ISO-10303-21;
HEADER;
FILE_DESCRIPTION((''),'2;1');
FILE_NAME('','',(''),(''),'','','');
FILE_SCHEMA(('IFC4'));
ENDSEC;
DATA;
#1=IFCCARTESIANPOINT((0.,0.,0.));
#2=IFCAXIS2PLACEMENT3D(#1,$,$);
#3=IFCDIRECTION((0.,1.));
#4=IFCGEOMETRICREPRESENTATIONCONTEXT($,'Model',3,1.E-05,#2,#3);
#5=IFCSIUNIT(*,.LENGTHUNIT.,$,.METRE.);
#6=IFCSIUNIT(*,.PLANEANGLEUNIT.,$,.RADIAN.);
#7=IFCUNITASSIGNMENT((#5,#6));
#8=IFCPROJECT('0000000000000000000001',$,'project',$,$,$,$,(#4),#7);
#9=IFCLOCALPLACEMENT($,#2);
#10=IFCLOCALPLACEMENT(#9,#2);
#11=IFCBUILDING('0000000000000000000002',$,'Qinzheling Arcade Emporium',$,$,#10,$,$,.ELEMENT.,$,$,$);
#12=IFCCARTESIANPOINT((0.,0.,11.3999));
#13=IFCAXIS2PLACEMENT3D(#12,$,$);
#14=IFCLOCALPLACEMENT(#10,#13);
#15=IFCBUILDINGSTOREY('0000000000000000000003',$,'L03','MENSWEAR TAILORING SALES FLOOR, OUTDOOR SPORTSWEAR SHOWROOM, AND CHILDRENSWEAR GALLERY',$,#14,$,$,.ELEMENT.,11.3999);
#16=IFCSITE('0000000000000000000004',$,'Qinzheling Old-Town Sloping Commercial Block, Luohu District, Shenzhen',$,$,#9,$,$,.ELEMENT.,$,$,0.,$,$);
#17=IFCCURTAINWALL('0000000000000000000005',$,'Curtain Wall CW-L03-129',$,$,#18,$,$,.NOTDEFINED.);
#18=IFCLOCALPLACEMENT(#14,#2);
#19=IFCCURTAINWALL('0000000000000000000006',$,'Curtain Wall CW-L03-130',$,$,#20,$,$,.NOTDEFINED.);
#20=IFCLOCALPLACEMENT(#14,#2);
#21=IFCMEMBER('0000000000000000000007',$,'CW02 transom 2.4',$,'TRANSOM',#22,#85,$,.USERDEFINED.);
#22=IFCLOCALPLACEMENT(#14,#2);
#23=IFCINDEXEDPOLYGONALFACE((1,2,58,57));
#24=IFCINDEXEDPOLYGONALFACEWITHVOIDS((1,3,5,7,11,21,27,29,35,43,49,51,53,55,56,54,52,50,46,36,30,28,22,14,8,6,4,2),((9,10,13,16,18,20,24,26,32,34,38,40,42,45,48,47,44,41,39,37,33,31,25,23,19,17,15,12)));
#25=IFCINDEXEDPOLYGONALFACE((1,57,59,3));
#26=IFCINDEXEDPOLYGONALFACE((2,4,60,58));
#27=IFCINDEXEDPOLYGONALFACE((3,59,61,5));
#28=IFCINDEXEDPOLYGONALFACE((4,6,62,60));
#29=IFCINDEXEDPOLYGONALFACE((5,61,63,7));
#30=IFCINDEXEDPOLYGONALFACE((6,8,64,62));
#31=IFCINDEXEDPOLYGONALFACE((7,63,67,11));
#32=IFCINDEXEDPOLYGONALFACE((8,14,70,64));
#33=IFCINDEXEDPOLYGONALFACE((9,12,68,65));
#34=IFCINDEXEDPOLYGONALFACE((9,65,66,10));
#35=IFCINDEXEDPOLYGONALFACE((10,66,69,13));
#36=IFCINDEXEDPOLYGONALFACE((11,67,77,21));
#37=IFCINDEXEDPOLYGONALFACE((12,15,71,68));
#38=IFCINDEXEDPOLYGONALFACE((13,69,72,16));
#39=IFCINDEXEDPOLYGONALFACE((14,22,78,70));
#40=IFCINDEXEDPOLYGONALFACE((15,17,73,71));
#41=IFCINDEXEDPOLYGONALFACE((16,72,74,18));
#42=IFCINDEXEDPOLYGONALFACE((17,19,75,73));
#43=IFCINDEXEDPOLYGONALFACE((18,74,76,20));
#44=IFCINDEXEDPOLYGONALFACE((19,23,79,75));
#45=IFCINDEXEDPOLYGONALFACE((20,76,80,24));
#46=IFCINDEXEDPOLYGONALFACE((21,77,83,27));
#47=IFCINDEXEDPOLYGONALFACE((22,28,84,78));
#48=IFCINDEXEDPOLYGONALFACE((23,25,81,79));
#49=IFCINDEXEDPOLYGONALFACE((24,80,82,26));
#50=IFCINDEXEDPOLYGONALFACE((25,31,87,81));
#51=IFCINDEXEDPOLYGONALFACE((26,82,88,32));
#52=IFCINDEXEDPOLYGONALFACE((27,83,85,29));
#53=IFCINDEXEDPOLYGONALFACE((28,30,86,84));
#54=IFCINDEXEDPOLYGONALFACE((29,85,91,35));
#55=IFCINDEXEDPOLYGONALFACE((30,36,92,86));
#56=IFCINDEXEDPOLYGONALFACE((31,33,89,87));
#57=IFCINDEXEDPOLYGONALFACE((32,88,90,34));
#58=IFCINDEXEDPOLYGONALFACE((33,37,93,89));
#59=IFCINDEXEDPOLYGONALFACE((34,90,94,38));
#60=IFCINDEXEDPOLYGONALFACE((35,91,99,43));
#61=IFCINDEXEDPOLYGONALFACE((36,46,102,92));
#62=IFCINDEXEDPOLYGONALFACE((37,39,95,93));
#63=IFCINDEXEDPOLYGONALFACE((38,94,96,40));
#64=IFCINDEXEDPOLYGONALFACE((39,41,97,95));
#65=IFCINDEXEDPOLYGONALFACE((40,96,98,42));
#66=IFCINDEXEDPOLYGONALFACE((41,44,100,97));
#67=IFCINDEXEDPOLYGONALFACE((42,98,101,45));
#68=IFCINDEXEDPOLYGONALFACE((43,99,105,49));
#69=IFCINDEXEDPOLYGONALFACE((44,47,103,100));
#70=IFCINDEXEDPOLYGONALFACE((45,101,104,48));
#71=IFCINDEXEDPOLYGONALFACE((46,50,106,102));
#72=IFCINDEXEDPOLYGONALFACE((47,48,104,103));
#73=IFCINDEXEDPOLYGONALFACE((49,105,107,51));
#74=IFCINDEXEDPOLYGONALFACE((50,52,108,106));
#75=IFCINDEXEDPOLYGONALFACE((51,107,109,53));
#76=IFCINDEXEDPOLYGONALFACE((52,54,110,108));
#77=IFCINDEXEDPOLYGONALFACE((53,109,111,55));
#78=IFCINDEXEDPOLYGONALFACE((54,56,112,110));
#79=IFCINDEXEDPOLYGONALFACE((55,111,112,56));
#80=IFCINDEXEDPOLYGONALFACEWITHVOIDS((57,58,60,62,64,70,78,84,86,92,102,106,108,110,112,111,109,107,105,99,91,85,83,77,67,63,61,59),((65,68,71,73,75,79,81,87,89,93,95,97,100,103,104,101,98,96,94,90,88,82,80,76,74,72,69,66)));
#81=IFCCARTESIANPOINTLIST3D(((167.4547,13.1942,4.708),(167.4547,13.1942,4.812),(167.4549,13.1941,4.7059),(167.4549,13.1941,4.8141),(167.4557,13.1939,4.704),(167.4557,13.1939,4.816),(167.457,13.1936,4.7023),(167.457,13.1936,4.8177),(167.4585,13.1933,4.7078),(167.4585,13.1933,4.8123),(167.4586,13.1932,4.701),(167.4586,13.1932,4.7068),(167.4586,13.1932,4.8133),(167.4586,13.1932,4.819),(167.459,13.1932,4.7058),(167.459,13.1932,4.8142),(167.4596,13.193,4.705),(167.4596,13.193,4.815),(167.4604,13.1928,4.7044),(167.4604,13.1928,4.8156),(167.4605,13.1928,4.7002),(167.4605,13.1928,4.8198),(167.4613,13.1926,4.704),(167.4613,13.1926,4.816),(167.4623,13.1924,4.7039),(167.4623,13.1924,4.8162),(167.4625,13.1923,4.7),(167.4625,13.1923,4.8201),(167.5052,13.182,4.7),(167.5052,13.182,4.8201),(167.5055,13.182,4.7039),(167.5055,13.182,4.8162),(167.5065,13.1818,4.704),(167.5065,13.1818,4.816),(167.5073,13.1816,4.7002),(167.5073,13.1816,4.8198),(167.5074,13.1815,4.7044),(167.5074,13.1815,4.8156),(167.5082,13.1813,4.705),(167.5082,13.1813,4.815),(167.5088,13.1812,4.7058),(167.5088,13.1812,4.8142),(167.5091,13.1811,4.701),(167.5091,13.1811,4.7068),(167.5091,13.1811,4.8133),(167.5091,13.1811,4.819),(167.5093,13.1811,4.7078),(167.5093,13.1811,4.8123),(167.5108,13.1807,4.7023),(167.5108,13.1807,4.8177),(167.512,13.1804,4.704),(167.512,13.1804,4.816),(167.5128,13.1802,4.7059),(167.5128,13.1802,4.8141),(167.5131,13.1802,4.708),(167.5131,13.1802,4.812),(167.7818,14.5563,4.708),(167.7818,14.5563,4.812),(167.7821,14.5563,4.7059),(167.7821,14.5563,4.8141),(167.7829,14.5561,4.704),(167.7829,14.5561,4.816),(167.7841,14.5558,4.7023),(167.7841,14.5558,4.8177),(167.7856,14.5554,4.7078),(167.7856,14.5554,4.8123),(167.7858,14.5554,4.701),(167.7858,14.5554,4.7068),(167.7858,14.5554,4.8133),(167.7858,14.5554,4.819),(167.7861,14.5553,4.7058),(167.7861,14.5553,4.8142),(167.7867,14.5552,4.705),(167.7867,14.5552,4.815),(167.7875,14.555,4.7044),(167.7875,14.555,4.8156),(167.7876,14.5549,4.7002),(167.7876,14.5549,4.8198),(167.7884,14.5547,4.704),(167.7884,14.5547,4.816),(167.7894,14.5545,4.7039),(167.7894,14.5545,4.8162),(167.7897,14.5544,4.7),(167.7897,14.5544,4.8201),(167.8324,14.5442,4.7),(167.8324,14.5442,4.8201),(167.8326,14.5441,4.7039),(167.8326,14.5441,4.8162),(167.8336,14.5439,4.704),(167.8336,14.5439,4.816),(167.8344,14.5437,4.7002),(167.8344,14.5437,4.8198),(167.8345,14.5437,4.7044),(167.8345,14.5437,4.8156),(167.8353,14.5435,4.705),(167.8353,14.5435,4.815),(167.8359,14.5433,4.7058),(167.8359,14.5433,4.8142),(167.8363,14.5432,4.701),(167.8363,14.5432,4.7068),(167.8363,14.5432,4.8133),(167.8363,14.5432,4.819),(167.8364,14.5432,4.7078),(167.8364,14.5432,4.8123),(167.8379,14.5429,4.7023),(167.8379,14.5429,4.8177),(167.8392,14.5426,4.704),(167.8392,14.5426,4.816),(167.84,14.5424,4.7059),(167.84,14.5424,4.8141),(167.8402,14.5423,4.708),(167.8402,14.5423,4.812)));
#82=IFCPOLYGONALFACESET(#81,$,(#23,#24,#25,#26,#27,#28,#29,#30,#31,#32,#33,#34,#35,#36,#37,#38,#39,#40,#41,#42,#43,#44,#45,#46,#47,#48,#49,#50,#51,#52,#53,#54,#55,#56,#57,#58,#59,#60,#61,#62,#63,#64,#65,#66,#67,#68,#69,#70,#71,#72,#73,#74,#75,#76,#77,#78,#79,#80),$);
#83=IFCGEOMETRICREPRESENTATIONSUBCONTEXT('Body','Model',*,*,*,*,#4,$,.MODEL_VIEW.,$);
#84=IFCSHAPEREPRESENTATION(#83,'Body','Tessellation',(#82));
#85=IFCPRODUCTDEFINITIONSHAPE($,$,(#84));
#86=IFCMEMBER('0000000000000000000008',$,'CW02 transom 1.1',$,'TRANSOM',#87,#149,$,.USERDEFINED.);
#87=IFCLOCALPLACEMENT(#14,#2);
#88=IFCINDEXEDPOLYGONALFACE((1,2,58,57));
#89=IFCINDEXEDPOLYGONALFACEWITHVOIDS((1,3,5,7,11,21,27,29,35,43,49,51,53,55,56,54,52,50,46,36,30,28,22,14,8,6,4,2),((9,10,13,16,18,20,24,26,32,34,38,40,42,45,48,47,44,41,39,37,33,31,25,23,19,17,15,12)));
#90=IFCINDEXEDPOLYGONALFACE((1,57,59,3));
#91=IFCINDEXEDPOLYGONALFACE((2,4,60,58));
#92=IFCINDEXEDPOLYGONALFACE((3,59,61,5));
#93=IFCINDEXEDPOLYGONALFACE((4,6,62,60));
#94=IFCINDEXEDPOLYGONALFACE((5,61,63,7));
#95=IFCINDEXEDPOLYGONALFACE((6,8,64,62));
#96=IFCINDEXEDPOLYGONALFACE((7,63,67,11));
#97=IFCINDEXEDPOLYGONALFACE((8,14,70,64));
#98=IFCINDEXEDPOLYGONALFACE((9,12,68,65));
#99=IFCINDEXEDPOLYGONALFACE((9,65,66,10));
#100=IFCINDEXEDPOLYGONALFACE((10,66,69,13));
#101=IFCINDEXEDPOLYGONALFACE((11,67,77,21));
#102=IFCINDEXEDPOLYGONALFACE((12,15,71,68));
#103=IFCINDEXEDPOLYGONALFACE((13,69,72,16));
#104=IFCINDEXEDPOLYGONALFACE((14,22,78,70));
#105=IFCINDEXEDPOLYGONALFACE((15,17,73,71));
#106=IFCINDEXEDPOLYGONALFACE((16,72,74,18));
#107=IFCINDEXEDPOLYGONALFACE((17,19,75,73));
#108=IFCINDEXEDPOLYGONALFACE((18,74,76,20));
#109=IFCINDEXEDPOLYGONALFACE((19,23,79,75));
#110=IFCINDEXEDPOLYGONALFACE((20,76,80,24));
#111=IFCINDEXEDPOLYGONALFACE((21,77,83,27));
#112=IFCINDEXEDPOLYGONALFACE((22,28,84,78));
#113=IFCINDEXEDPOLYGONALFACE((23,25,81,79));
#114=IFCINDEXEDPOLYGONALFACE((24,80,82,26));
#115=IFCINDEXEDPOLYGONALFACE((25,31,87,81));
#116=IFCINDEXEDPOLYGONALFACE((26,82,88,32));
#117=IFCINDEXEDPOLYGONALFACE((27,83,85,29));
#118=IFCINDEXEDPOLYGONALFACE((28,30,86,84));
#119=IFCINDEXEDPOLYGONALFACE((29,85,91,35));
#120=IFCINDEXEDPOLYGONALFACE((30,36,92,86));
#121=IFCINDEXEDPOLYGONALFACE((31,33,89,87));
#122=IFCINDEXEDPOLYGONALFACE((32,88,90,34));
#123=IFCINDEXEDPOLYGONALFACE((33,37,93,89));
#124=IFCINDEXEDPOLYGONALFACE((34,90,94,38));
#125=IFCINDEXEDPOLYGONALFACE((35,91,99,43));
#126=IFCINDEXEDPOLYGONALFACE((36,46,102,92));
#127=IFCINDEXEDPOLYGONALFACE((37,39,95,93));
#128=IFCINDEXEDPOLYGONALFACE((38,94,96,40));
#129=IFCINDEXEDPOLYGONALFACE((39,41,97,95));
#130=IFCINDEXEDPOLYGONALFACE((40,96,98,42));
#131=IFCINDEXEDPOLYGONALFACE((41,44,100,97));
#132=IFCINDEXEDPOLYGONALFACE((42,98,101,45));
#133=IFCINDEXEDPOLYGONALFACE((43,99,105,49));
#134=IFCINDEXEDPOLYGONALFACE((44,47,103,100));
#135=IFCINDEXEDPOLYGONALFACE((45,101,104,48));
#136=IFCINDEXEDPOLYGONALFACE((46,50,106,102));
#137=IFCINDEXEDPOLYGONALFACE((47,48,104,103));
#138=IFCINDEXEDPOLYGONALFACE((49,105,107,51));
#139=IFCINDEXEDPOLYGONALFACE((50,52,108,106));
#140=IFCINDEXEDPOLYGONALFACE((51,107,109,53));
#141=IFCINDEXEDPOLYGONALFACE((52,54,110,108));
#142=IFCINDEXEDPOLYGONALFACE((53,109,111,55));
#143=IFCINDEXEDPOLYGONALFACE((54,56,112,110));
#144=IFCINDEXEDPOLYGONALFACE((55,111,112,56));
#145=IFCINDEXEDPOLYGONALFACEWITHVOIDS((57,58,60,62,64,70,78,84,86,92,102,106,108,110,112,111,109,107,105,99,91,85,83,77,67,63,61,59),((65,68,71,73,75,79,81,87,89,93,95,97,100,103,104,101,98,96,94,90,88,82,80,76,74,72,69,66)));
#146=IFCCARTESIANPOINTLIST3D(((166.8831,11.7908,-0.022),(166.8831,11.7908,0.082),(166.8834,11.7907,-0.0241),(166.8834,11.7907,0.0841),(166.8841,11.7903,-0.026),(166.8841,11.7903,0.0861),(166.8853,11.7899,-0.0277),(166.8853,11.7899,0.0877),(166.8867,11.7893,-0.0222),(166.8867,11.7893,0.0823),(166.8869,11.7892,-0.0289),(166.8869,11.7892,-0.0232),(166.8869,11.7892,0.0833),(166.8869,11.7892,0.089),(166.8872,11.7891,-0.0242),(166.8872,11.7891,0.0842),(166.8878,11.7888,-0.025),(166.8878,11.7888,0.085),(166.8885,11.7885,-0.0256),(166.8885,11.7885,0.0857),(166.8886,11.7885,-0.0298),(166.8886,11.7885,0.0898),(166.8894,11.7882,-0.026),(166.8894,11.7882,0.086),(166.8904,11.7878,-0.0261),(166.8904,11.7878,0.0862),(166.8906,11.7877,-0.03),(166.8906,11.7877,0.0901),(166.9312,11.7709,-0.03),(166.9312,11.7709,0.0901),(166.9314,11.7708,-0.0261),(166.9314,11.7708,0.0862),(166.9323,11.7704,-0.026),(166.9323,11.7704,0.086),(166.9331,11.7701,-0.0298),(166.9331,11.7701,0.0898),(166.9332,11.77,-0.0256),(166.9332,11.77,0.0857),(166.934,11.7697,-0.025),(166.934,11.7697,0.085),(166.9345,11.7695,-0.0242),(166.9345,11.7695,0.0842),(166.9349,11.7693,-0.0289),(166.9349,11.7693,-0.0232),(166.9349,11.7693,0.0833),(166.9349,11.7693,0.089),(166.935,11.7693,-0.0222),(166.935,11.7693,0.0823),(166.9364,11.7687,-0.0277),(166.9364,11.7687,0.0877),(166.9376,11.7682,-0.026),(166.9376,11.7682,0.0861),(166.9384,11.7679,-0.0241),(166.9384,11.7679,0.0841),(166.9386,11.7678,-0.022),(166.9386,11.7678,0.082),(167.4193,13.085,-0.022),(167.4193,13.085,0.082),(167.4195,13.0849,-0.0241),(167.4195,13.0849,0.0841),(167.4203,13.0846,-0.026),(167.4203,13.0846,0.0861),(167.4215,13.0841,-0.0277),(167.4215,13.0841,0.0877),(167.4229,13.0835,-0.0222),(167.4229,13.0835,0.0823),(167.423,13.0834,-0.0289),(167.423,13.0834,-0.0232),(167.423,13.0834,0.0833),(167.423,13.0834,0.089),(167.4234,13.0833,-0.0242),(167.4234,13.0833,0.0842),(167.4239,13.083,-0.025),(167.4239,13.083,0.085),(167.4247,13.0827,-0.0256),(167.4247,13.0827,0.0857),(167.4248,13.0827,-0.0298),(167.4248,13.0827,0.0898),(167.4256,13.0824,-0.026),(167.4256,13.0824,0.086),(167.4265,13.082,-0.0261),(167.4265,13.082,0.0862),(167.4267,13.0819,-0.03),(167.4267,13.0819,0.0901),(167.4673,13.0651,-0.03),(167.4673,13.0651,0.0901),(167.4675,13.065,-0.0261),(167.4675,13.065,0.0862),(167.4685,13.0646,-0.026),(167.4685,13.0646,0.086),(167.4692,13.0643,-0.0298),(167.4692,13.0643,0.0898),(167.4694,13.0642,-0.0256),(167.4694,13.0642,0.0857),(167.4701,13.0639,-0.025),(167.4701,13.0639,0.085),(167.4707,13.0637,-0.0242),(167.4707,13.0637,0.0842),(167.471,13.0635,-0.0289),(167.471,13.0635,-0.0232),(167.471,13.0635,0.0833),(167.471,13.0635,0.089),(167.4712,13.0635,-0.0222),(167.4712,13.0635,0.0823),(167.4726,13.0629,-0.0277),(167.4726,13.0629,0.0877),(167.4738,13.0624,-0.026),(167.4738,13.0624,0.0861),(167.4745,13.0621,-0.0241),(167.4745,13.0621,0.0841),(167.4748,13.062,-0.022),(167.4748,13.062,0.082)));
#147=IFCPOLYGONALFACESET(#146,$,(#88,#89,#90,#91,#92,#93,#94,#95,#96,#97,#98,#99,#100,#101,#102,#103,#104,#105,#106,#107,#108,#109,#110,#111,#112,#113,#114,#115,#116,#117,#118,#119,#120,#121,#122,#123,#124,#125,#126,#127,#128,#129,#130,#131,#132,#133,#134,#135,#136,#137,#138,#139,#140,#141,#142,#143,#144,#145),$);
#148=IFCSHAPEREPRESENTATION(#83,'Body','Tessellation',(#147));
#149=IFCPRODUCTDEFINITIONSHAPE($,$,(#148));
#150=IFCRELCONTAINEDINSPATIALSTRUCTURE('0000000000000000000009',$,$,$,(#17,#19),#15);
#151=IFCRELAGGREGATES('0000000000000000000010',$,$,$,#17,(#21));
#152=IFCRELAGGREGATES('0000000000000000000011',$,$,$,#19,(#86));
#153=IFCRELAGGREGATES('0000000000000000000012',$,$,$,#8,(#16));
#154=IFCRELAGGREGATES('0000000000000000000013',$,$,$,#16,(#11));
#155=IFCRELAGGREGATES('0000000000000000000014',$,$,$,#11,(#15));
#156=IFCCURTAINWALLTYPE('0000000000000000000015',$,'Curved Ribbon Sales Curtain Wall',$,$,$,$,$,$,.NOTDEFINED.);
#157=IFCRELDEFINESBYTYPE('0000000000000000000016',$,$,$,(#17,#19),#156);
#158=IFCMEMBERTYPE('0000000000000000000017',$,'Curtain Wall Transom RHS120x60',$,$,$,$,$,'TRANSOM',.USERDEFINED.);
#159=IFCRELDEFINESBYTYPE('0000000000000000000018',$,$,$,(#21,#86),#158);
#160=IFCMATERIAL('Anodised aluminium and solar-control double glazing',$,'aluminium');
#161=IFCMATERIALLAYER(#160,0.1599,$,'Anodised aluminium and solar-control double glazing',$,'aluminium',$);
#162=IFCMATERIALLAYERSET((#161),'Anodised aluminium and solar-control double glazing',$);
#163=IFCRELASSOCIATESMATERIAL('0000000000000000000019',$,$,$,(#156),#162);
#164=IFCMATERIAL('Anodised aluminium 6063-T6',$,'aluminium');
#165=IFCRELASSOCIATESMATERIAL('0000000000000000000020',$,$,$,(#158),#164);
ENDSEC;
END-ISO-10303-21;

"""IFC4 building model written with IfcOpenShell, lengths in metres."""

from ifc_helpers import new_model, si_unit, direction, frame, origin, origin_2d, place, context, subcontext, project, spatial, hollow_rectangle, extrude, material, layer, layer_set, material_profile, profile_set, type_object, element, aggregate, save


model = new_model("IFC4")

# Units and contexts
model_context = context("Model", 3, precision=1e-05, world=origin(), true_north=direction((0.0, 1.0)))
body_context = subcontext(model_context, "Body", "Model", "MODEL_VIEW")
ifc_project = project(units=[si_unit("LENGTHUNIT", "METRE"), si_unit("PLANEANGLEUNIT", "RADIAN")], contexts=[model_context])

# Site, building, storey
site_placement = place(None, origin())
site = spatial("IfcSite", under=ifc_project, at=site_placement, Name="Qinzheling Old-Town Sloping Commercial Block, Luohu District, Shenzhen", CompositionType="ELEMENT", RefElevation=0.0)
building_placement = place(site_placement, origin())
building = spatial("IfcBuilding", under=site, at=building_placement, Name="Qinzheling Arcade Emporium", CompositionType="ELEMENT")
storey_placement = place(building_placement, frame((0.0, 0.0, 11.3999)))
storey = spatial("IfcBuildingStorey", under=building, at=storey_placement, Name="L03", Description="MENSWEAR TAILORING SALES FLOOR, OUTDOOR SPORTSWEAR SHOWROOM, AND CHILDRENSWEAR GALLERY", CompositionType="ELEMENT", Elevation=11.3999)

# Shared definitions
ifc_material_1 = material(Name="Anodised aluminium and solar-control double glazing", Category="aluminium")
ifc_material_2 = material(Name="Anodised aluminium 6063-T6", Category="aluminium")

# Curtain walls
ifc_layer_1 = layer(ifc_material_1, 0.1599, Name="Anodised aluminium and solar-control double glazing", Category="aluminium")
ifc_layer_set_1 = layer_set([ifc_layer_1], Name="Anodised aluminium and solar-control double glazing")
curtain_wall_type_1 = type_object("IfcCurtainWallType", Name="Curved Ribbon Sales Curtain Wall", PredefinedType="NOTDEFINED", material=ifc_layer_set_1)
curtain_wall_1_placement = place(storey_placement, origin())
curtain_wall_1 = element("IfcCurtainWall", 1, at=curtain_wall_1_placement, inside=storey, type_object=curtain_wall_type_1, Name="Curtain Wall CW-L03-129", PredefinedType="NOTDEFINED")
curtain_wall_2_placement = place(storey_placement, origin())
curtain_wall_2 = element("IfcCurtainWall", 2, at=curtain_wall_2_placement, inside=storey, type_object=curtain_wall_type_1, Name="Curtain Wall CW-L03-130", PredefinedType="NOTDEFINED")

# Members
ifc_material_profile_1 = material_profile(ifc_material_2, hollow_rectangle(XDim=0.0601, YDim=0.1201, WallThickness=0.0039, InnerFilletRadius=0.0039, OuterFilletRadius=0.0081, at=origin_2d()), Name="RHS 120x60x4", Category="aluminium")
ifc_profile_set_1 = profile_set([ifc_material_profile_1], Name="Anodised aluminium 6063-T6")
member_type_1 = type_object("IfcMemberType", Name="Curtain Wall Transom RHS120x60", ElementType="TRANSOM", PredefinedType="USERDEFINED", material=ifc_profile_set_1)
member_1_placement = place(storey_placement, frame((167.811, 14.5493, 4.76), z_axis=(-0.233544, -0.972346, 0.0), x_axis=(0.972346, -0.233544, 0.0)))
member_1 = element("IfcMember", 3, at=member_1_placement, type_object=member_type_1, Name="CW02 transom 2.4", ObjectType="TRANSOM", PredefinedType="USERDEFINED", context=body_context, shape_type="SweptSolid", body=[
    extrude(hollow_rectangle(XDim=0.0601, YDim=0.1201, WallThickness=0.0039, InnerFilletRadius=0.0039, OuterFilletRadius=0.0081, at=origin_2d()), origin(), (0.0, 0.0, 1.0), 1.4009),
])
member_2_placement = place(storey_placement, frame((167.447, 13.0735, 0.03), z_axis=(-0.382721, -0.923864, 0.0), x_axis=(0.923864, -0.382721, 0.0)))
member_2 = element("IfcMember", 4, at=member_2_placement, type_object=member_type_1, Name="CW02 transom 1.1", ObjectType="TRANSOM", PredefinedType="USERDEFINED", context=body_context, shape_type="SweptSolid", body=[
    extrude(hollow_rectangle(XDim=0.0601, YDim=0.1201, WallThickness=0.0039, InnerFilletRadius=0.0039, OuterFilletRadius=0.0081, at=origin_2d()), origin(), (0.0, 0.0, 1.0), 1.4009),
])

aggregate(curtain_wall_1, [member_1])
aggregate(curtain_wall_2, [member_2])

save(model, "model.ifc")
